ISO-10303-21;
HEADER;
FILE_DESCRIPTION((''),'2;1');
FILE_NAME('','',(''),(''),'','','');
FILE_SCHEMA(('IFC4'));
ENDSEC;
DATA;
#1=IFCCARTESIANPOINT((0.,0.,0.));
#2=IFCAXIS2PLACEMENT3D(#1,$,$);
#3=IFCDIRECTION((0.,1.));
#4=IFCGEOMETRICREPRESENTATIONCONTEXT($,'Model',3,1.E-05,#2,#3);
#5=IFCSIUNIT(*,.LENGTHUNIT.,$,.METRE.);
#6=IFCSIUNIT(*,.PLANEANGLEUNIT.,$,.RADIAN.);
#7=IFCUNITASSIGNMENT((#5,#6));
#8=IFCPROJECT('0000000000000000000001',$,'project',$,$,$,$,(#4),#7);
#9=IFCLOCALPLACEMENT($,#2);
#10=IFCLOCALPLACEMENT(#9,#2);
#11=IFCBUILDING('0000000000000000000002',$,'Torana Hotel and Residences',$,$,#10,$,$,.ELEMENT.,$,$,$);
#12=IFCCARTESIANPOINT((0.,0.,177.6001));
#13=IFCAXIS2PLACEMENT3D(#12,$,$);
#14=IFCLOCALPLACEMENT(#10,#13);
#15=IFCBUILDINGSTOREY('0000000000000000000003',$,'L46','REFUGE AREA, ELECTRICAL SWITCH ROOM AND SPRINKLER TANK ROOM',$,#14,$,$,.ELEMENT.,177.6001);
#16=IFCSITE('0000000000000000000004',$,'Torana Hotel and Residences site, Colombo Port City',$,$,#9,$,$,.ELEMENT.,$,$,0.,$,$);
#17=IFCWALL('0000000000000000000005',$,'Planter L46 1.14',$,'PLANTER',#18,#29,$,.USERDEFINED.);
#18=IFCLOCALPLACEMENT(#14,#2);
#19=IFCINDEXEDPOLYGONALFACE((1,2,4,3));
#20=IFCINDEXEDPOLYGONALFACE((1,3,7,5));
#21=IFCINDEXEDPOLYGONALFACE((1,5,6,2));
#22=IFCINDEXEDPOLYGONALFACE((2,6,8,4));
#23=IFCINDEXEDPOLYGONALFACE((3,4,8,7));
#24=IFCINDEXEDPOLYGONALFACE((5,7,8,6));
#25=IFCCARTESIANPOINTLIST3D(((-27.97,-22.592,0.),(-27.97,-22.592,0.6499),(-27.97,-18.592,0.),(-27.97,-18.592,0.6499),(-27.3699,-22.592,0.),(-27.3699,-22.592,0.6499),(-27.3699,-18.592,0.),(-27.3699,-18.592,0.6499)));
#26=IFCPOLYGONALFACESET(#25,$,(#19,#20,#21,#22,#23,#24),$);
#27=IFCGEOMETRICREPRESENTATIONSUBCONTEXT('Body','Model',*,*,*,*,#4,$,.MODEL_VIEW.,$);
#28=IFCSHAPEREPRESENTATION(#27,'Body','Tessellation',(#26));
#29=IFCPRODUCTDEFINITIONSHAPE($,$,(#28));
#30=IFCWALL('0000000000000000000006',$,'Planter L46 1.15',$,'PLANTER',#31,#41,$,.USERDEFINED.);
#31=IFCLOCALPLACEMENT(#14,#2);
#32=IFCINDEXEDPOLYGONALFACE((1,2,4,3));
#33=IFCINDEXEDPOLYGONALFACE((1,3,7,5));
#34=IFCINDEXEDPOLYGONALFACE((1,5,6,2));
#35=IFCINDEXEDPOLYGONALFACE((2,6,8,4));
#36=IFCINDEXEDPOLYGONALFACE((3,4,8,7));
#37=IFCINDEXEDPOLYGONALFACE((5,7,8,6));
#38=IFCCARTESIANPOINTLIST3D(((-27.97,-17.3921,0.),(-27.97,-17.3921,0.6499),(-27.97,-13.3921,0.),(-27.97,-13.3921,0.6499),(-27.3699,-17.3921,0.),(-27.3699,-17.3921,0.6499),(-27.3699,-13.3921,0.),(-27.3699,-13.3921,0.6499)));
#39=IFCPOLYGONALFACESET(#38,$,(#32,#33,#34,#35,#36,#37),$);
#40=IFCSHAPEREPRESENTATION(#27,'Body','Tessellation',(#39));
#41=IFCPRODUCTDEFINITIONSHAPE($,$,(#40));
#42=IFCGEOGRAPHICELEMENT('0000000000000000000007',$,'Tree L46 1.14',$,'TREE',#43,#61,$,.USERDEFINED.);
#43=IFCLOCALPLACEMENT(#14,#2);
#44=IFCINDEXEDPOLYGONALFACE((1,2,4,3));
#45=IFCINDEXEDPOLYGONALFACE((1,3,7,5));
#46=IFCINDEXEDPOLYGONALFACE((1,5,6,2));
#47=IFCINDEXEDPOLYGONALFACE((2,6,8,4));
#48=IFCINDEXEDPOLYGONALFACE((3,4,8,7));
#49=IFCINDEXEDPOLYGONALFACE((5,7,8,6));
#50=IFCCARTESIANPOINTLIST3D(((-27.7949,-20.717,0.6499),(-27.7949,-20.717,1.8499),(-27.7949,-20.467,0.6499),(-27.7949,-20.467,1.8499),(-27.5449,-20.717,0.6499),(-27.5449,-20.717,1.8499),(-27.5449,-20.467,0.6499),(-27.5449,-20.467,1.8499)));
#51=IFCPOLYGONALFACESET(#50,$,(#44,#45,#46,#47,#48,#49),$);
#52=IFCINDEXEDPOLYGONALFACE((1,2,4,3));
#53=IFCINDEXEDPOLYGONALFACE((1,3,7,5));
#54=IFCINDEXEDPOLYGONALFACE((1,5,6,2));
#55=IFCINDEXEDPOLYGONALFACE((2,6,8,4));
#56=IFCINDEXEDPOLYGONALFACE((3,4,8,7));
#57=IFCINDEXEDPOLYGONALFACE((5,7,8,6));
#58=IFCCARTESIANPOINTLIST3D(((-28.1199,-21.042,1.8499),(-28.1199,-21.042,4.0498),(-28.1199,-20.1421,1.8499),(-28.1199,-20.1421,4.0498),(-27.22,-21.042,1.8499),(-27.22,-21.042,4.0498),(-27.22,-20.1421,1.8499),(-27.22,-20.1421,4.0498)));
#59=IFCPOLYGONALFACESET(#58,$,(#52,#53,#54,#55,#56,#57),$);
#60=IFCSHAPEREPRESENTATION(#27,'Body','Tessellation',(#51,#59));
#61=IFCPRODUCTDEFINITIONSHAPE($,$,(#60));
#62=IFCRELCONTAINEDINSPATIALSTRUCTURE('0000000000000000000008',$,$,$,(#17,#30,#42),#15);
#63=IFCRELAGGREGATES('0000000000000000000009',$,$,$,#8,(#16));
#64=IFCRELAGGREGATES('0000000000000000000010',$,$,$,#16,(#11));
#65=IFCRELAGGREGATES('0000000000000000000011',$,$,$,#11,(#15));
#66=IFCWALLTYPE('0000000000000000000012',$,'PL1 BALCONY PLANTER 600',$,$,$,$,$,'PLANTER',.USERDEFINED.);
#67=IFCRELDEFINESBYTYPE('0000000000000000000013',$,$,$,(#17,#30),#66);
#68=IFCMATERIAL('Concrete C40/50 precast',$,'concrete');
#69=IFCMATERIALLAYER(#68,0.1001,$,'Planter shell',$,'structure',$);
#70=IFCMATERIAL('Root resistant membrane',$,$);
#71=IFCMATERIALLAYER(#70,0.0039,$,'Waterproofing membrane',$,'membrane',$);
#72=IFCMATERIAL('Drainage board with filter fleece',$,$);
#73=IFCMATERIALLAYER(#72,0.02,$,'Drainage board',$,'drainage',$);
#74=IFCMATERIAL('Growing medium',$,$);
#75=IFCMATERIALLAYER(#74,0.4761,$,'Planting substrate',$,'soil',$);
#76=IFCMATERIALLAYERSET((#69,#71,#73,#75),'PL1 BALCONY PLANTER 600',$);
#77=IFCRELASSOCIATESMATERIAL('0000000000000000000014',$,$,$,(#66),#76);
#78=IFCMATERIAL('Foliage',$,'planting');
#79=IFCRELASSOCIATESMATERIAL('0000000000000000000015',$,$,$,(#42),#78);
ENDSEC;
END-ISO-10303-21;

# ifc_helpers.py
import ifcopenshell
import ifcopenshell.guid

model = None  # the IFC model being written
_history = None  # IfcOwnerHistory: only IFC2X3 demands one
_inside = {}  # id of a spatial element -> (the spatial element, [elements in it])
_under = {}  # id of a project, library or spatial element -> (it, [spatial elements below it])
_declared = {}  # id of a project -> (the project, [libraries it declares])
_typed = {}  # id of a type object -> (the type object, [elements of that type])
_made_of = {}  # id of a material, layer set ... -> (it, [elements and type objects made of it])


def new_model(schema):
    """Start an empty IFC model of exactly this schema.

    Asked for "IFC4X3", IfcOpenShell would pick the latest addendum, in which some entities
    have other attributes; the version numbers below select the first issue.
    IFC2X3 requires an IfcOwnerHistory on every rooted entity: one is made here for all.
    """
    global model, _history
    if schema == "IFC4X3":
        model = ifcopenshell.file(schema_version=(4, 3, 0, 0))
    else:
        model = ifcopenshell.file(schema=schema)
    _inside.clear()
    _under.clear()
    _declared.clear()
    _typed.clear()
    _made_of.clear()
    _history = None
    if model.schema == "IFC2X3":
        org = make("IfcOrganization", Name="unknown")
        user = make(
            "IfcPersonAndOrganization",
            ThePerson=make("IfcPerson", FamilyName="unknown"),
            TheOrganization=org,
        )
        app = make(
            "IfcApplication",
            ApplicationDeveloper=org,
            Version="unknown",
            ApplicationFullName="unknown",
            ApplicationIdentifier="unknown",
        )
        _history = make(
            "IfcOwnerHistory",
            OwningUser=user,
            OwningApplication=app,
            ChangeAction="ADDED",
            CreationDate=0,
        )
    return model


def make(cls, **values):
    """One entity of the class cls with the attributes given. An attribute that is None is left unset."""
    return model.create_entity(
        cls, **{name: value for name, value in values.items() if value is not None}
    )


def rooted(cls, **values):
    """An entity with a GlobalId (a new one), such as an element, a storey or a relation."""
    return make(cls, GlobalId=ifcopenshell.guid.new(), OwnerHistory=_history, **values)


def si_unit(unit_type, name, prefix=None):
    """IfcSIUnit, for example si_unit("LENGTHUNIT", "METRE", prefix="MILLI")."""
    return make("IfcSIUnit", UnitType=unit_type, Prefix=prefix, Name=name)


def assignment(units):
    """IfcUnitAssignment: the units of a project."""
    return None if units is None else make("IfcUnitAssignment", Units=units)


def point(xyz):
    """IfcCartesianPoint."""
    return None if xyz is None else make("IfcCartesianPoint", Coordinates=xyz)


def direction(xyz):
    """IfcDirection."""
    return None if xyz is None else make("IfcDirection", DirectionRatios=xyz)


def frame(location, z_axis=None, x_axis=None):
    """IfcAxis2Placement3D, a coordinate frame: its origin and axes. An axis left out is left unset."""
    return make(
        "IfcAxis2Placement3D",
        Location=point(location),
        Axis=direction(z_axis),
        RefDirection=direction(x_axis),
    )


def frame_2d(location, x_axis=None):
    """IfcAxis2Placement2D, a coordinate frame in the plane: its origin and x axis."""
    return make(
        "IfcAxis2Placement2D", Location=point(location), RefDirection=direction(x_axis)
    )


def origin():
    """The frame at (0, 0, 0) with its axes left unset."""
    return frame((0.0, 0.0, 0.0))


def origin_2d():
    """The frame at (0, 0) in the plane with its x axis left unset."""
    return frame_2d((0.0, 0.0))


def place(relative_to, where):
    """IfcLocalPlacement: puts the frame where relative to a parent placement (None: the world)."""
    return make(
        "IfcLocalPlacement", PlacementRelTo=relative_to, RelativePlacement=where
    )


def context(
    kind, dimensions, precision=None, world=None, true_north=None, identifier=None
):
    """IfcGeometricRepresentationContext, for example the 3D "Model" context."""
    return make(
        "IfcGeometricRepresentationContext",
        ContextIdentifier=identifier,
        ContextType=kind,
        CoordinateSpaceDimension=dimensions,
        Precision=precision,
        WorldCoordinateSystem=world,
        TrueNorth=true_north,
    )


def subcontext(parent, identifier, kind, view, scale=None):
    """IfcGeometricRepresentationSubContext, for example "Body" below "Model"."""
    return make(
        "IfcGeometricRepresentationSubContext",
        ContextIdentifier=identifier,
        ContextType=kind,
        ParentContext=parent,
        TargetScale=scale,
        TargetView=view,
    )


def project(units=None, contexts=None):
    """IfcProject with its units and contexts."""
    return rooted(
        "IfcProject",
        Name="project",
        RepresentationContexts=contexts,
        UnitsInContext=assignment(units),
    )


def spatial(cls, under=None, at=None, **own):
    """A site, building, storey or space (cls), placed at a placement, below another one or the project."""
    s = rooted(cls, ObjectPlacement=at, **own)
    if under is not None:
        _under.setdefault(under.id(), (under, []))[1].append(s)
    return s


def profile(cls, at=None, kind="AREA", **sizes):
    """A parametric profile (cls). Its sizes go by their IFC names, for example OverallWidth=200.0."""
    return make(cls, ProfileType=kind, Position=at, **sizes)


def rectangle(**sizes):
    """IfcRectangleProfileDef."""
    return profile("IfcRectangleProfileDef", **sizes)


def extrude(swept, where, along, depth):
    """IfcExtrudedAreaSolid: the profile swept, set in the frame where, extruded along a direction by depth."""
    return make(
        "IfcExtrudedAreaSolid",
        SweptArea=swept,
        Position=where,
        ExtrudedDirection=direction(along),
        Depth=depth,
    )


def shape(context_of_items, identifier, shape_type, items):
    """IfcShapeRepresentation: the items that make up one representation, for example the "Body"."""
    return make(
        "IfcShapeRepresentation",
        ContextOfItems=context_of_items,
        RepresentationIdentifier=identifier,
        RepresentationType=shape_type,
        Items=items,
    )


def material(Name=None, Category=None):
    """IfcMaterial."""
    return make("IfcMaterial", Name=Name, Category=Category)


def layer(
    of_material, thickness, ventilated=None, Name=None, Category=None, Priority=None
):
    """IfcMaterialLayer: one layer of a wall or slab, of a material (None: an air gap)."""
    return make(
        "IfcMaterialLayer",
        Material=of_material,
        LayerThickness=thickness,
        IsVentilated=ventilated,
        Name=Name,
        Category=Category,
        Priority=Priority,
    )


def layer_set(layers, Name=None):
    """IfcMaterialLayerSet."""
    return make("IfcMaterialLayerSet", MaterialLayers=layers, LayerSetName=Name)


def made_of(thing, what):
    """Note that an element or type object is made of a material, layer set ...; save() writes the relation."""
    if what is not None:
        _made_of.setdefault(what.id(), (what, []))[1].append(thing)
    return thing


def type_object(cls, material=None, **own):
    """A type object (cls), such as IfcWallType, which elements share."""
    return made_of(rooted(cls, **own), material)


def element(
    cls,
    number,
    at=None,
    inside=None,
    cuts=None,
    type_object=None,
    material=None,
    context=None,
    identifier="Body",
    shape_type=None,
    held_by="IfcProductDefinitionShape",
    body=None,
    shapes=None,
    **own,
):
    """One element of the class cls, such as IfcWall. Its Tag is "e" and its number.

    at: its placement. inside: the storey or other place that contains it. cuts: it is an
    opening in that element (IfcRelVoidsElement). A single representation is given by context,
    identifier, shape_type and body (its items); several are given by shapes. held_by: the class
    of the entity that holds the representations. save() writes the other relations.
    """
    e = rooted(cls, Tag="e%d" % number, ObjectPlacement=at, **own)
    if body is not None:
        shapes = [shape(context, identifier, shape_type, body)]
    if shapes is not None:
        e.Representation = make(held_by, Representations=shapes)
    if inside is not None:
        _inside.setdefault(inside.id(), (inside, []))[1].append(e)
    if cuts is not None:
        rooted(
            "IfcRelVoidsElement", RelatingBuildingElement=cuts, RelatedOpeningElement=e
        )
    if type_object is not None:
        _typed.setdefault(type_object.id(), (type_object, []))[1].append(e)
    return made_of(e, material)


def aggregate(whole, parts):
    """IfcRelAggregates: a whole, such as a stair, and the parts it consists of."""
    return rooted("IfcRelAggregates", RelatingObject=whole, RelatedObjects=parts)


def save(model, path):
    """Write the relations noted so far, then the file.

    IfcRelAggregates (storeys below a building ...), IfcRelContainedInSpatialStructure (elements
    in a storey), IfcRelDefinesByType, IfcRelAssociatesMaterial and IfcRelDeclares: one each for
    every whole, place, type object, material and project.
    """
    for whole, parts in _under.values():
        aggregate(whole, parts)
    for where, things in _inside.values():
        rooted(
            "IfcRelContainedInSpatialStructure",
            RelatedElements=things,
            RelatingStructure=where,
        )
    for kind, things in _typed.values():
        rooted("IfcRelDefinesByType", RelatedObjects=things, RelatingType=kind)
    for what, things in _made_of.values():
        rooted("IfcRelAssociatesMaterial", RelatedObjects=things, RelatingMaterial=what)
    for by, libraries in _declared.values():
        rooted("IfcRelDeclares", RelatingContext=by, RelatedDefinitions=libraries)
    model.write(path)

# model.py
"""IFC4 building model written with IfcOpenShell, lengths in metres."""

from ifc_helpers import new_model, si_unit, direction, frame, frame_2d, origin, origin_2d, place, context, subcontext, project, spatial, rectangle, extrude, material, layer, layer_set, type_object, element, save


model = new_model("IFC4")

# Units and contexts
model_context = context("Model", 3, precision=1e-05, world=origin(), true_north=direction((0.0, 1.0)))
body_context = subcontext(model_context, "Body", "Model", "MODEL_VIEW")
ifc_project = project(units=[si_unit("LENGTHUNIT", "METRE"), si_unit("PLANEANGLEUNIT", "RADIAN")], contexts=[model_context])

# Site, building, storey
site_placement = place(None, origin())
site = spatial("IfcSite", under=ifc_project, at=site_placement, Name="Torana Hotel and Residences site, Colombo Port City", CompositionType="ELEMENT", RefElevation=0.0)
building_placement = place(site_placement, origin())
building = spatial("IfcBuilding", under=site, at=building_placement, Name="Torana Hotel and Residences", CompositionType="ELEMENT")
storey_placement = place(building_placement, frame((0.0, 0.0, 177.6001)))
storey = spatial("IfcBuildingStorey", under=building, at=storey_placement, Name="L46", Description="REFUGE AREA, ELECTRICAL SWITCH ROOM AND SPRINKLER TANK ROOM", CompositionType="ELEMENT", Elevation=177.6001)

# Walls
ifc_material_1 = material(Name="Concrete C40/50 precast", Category="concrete")
ifc_layer_1 = layer(ifc_material_1, 0.1001, Name="Planter shell", Category="structure")
ifc_material_2 = material(Name="Root resistant membrane")
ifc_layer_2 = layer(ifc_material_2, 0.0039, Name="Waterproofing membrane", Category="membrane")
ifc_material_3 = material(Name="Drainage board with filter fleece")
ifc_layer_3 = layer(ifc_material_3, 0.02, Name="Drainage board", Category="drainage")
ifc_material_4 = material(Name="Growing medium")
ifc_layer_4 = layer(ifc_material_4, 0.4761, Name="Planting substrate", Category="soil")
ifc_layer_set_1 = layer_set([ifc_layer_1, ifc_layer_2, ifc_layer_3, ifc_layer_4], Name="PL1 BALCONY PLANTER 600")
wall_type_1 = type_object("IfcWallType", Name="PL1 BALCONY PLANTER 600", ElementType="PLANTER", PredefinedType="USERDEFINED", material=ifc_layer_set_1)
for number, where, z_axis, x_axis, name in (
    (1, (-27.6699, -22.592, 0.0), (0.0, 0.0, 1.0), (0.0, 1.0, 0.0), "Planter L46 1.14"),
    (2, (-27.6699, -17.3921, 0.0), (0.0, 0.0, 1.0), (0.0, 1.0, 0.0), "Planter L46 1.15"),
):
    element("IfcWall", number, at=place(storey_placement, frame(where, z_axis=z_axis, x_axis=x_axis)), inside=storey, type_object=wall_type_1, Name=name, ObjectType="PLANTER", PredefinedType="USERDEFINED", context=body_context, shape_type="SweptSolid", body=[
        extrude(rectangle(XDim=4.0, YDim=0.6001, at=frame_2d((2.0, 0.0))), origin(), (0.0, 0.0, 1.0), 0.6499),
    ])

# Geographic element
ifc_material_5 = material(Name="Foliage", Category="planting")
geographic_element_placement = place(storey_placement, frame((-27.6699, -20.592, 0.6499), z_axis=(0.0, 0.0, 1.0), x_axis=(1.0, 0.0, 0.0)))
element("IfcGeographicElement", 3, at=geographic_element_placement, inside=storey, material=ifc_material_5, Name="Tree L46 1.14", ObjectType="TREE", PredefinedType="USERDEFINED", context=body_context, shape_type="SweptSolid", body=[
    extrude(rectangle(XDim=0.25, YDim=0.25, at=origin_2d()), origin(), (0.0, 0.0, 1.0), 1.2),
    extrude(rectangle(XDim=0.8999, YDim=0.8999, at=origin_2d()), frame((0.0, 0.0, 1.2)), (0.0, 0.0, 1.0), 2.2),
])

save(model, "model.ifc")
